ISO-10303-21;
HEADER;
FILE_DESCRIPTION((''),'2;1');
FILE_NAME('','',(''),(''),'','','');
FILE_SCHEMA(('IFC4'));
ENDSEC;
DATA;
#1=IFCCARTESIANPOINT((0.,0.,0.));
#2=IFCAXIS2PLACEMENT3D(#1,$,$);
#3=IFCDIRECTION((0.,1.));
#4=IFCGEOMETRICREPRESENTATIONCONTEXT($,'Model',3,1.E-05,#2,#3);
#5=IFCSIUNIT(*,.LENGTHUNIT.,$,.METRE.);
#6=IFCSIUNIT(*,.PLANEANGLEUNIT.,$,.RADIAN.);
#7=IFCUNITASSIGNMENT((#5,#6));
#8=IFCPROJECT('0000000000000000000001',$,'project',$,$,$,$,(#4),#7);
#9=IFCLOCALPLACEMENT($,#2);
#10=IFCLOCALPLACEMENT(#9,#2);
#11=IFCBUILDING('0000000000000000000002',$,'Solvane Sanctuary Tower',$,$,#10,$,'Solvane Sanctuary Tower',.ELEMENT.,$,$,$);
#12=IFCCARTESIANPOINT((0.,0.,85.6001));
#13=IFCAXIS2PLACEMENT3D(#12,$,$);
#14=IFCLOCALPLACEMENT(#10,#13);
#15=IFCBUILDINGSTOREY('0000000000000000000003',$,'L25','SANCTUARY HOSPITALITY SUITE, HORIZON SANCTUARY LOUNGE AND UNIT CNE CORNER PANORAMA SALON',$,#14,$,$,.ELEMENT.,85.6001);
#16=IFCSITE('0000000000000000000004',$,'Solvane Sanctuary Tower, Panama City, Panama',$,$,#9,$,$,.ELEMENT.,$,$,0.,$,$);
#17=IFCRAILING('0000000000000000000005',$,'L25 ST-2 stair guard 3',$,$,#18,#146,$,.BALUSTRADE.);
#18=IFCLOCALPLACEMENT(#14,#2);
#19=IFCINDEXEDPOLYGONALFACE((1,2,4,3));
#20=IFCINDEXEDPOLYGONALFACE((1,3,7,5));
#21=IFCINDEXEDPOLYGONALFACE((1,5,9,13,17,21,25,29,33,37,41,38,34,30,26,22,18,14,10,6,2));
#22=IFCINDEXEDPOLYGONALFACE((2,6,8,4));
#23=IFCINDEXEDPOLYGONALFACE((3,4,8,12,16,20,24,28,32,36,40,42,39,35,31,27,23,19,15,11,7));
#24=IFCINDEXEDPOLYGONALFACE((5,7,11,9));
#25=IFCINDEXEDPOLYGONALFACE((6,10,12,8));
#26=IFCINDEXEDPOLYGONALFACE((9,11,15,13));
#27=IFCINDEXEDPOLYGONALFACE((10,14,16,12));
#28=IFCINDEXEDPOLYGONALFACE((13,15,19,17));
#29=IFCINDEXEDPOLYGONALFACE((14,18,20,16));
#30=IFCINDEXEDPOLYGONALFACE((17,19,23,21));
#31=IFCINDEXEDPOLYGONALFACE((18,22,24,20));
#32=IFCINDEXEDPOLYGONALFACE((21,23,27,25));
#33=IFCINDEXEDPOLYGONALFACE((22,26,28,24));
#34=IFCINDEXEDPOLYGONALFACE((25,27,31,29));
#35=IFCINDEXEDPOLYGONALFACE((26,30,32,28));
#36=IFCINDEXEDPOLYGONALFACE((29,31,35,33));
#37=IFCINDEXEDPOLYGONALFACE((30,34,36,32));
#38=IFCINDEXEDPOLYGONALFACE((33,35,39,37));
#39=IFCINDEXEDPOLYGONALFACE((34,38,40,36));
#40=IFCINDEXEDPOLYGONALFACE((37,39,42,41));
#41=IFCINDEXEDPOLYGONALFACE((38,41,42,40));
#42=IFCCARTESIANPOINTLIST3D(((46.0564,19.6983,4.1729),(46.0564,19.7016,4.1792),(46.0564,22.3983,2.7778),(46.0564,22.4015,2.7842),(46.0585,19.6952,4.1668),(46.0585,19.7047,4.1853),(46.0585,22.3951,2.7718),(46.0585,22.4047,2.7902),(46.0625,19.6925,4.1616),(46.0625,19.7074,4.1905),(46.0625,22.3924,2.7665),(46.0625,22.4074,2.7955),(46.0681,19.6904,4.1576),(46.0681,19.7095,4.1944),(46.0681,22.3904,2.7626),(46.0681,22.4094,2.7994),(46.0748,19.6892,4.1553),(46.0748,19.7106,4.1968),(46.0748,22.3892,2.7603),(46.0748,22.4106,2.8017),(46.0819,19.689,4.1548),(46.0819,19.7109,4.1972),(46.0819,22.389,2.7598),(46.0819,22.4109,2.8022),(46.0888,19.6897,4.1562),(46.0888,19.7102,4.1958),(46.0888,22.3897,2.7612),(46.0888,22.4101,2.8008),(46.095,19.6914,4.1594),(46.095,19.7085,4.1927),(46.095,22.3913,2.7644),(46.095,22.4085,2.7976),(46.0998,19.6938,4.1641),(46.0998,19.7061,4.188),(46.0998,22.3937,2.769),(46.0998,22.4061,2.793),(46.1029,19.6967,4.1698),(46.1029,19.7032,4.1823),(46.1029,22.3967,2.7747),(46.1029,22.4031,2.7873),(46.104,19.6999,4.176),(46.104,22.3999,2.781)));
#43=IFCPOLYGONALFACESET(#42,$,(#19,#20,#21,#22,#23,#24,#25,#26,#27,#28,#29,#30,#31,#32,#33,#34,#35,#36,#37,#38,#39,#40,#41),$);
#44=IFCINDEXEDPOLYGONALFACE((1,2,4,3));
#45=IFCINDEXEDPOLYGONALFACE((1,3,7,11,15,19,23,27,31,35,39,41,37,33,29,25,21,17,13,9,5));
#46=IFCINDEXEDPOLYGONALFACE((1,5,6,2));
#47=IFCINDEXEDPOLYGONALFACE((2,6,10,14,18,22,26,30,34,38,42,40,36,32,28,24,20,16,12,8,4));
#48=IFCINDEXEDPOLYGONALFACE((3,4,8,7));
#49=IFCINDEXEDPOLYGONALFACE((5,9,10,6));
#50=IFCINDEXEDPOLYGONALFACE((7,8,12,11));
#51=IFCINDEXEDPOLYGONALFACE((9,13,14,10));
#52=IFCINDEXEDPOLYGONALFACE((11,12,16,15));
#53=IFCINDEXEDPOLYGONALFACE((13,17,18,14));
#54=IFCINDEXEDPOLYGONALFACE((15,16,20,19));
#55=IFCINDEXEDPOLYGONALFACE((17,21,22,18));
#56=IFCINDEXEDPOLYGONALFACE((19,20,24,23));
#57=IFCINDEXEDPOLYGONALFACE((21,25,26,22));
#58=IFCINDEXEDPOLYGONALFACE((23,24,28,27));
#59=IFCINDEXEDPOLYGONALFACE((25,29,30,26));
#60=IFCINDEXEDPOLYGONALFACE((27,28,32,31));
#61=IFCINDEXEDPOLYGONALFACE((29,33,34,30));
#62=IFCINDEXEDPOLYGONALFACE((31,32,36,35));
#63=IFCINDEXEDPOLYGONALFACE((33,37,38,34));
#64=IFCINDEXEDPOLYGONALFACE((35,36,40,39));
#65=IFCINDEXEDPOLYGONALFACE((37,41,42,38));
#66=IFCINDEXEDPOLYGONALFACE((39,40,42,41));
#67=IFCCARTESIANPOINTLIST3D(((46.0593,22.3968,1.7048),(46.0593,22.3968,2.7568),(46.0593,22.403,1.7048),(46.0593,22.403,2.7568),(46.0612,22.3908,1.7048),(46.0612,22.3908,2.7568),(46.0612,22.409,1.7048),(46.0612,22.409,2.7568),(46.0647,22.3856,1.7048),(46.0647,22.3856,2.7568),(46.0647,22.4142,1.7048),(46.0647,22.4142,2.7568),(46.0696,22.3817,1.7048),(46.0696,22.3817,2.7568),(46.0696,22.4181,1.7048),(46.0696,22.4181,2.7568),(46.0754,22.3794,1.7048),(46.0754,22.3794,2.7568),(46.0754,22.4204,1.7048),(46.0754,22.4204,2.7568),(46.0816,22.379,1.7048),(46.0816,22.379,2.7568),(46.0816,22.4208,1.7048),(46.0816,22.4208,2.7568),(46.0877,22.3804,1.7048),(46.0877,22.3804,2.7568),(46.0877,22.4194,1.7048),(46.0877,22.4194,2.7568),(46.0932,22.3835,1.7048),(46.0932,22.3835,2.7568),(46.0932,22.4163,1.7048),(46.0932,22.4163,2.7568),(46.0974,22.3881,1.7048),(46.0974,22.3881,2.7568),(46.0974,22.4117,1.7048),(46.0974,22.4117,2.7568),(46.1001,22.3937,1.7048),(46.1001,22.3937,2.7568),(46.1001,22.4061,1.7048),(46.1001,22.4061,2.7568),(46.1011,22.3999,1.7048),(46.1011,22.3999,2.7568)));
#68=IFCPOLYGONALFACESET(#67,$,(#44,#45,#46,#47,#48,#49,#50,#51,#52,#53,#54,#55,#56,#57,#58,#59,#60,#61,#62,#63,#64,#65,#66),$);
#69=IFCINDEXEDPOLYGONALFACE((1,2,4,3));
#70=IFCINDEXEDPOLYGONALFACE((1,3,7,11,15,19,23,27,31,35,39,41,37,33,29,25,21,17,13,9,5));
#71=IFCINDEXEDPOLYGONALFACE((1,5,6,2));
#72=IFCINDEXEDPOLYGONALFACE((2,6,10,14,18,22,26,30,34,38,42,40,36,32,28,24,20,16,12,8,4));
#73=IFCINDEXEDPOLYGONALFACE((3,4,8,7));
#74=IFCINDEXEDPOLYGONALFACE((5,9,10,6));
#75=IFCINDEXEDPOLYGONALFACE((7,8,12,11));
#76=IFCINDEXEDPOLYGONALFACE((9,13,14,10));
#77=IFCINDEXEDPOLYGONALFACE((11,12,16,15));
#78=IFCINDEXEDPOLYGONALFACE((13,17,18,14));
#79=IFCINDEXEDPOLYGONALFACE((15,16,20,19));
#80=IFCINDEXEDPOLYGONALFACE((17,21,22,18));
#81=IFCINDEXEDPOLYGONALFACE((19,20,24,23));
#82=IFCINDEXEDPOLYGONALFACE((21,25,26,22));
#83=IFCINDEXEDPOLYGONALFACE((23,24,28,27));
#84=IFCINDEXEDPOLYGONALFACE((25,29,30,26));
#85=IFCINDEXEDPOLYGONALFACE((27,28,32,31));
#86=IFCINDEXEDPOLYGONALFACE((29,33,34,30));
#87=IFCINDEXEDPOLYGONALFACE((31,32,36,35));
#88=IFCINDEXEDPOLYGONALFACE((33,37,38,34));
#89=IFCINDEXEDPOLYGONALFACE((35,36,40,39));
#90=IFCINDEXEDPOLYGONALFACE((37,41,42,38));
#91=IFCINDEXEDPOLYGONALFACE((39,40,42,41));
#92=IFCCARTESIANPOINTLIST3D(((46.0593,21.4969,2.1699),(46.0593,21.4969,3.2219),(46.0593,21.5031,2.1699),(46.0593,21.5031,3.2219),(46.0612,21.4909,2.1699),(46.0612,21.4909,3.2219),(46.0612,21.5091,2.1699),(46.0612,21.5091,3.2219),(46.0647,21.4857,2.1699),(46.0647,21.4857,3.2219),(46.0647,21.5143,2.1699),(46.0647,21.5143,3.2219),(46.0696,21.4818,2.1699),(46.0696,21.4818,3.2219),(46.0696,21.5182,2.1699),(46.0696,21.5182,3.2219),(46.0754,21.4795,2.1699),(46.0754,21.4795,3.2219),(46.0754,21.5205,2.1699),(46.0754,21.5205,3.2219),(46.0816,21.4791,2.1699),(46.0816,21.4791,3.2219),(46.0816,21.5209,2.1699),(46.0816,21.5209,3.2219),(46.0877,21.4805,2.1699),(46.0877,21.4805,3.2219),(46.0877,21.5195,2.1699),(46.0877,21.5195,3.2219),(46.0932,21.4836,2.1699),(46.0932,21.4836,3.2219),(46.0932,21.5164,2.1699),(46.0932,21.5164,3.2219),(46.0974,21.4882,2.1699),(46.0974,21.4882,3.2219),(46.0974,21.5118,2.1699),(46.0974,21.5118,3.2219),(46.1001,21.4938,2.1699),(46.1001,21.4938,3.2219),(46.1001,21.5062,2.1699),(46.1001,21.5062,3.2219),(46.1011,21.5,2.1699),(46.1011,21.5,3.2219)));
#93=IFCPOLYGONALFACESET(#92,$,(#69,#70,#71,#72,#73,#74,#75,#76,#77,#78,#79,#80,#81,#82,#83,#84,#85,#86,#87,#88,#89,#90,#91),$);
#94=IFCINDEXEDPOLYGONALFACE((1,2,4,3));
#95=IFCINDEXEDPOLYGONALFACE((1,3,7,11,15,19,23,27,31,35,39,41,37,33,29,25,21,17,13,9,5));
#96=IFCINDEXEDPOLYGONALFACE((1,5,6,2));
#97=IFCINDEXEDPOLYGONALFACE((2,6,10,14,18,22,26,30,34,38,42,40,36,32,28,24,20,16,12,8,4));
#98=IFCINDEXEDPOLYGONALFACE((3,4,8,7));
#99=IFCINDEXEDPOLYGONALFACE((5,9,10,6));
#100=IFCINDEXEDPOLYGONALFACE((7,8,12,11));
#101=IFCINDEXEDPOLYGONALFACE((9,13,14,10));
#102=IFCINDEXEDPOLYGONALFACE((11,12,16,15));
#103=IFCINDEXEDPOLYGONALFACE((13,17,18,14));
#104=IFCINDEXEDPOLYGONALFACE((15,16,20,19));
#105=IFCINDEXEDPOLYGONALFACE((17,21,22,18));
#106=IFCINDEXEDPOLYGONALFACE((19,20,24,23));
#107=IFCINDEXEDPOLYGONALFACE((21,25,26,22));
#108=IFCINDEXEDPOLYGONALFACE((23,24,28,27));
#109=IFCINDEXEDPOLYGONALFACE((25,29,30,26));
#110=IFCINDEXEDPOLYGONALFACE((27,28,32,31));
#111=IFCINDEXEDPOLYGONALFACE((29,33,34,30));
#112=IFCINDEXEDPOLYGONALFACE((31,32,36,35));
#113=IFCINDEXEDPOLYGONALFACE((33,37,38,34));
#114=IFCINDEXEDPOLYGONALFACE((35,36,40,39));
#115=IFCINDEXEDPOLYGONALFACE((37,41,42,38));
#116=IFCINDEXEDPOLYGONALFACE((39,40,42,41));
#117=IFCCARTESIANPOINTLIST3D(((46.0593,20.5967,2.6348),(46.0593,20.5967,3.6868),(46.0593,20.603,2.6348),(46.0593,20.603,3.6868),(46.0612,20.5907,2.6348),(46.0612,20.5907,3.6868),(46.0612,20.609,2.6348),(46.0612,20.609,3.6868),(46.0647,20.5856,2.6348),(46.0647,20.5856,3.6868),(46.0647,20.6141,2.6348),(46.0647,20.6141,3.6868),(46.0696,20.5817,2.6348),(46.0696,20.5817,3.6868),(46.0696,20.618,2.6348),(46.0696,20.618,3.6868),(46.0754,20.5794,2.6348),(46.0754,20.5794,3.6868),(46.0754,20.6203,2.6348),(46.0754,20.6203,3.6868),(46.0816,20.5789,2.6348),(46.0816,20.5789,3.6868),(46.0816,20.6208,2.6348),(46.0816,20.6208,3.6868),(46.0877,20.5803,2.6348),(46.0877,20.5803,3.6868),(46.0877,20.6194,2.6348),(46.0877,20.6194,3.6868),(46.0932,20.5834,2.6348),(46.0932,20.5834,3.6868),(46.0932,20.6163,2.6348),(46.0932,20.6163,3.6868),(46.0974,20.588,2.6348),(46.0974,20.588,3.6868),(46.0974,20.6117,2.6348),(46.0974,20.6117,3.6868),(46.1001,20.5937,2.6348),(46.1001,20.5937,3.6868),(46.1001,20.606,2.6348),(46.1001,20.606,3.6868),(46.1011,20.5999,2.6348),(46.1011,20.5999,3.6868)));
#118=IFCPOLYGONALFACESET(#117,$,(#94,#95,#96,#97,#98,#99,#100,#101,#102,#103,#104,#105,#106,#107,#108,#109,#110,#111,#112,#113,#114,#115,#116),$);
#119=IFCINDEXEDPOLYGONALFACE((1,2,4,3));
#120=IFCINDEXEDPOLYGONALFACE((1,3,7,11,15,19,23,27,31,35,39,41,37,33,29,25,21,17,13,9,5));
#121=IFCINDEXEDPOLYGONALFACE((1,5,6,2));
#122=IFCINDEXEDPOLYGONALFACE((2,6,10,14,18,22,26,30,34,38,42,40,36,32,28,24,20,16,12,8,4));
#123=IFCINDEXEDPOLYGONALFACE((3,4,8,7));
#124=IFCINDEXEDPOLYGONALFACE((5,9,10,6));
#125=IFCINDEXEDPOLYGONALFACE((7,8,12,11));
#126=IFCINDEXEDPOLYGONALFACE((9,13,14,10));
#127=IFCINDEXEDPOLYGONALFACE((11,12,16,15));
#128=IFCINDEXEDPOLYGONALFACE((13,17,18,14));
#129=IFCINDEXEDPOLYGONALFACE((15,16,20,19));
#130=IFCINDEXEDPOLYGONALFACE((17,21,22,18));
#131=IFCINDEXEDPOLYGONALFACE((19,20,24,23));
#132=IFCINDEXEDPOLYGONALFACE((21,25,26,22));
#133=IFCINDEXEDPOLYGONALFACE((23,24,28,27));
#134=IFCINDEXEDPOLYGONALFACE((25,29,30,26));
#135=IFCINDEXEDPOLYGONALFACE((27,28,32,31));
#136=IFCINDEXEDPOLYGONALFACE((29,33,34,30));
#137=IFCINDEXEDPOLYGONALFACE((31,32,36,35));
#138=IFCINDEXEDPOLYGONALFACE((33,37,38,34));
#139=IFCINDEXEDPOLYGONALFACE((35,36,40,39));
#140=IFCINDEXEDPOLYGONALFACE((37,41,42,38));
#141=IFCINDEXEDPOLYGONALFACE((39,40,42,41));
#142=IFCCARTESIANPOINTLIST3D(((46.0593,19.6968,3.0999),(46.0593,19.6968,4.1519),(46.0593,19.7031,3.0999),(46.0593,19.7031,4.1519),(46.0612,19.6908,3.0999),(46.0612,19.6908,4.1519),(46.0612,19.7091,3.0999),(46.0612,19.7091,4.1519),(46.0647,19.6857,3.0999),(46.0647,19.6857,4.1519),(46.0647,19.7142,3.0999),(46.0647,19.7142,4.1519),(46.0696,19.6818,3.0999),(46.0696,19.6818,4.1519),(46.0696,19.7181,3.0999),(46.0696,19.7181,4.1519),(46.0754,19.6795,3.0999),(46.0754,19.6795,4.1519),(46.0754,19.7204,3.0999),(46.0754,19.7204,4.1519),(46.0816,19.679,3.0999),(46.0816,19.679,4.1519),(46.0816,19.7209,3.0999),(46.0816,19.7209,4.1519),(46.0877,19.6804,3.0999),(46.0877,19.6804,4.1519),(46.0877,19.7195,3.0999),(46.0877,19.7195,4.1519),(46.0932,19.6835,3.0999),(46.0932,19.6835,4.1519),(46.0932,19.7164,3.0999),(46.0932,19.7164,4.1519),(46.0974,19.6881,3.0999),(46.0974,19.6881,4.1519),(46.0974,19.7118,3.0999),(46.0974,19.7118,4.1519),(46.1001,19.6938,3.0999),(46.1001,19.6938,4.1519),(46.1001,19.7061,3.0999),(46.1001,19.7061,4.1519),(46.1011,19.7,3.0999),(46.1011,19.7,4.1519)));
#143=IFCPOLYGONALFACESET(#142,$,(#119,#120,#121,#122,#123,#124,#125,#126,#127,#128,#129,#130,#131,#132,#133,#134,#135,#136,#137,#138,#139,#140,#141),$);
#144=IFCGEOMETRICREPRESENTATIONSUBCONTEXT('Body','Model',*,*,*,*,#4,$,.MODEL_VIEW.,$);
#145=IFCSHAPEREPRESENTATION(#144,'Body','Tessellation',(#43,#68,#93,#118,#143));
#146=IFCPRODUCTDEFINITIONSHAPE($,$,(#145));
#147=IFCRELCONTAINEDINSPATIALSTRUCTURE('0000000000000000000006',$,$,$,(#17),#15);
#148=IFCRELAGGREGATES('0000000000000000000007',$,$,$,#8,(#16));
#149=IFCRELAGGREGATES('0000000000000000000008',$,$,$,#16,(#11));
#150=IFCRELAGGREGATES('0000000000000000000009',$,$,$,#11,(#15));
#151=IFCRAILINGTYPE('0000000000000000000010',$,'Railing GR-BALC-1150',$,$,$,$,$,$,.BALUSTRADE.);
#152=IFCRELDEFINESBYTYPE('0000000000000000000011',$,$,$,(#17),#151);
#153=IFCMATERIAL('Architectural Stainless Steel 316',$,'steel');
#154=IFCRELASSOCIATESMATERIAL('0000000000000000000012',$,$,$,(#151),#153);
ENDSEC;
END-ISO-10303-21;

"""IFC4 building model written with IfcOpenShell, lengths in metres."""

from ifc_helpers import new_model, si_unit, direction, frame, origin, origin_2d, place, context, subcontext, project, spatial, circle, extrude, material, type_object, element, save


model = new_model("IFC4")

# Units and contexts
model_context = context("Model", 3, precision=1e-05, world=origin(), true_north=direction((0.0, 1.0)))
body_context = subcontext(model_context, "Body", "Model", "MODEL_VIEW")
ifc_project = project(units=[si_unit("LENGTHUNIT", "METRE"), si_unit("PLANEANGLEUNIT", "RADIAN")], contexts=[model_context])

# Site, building, storey
site_placement = place(None, origin())
site = spatial("IfcSite", under=ifc_project, at=site_placement, Name="Solvane Sanctuary Tower, Panama City, Panama", CompositionType="ELEMENT", RefElevation=0.0)
building_placement = place(site_placement, origin())
building = spatial("IfcBuilding", under=site, at=building_placement, Name="Solvane Sanctuary Tower", LongName="Solvane Sanctuary Tower", CompositionType="ELEMENT")
storey_placement = place(building_placement, frame((0.0, 0.0, 85.6001)))
storey = spatial("IfcBuildingStorey", under=building, at=storey_placement, Name="L25", Description="SANCTUARY HOSPITALITY SUITE, HORIZON SANCTUARY LOUNGE AND UNIT CNE CORNER PANORAMA SALON", CompositionType="ELEMENT", Elevation=85.6001)

# Shared definitions
ifc_material_1 = material(Name="Architectural Stainless Steel 316", Category="steel")

# Railing
railing_type_1 = type_object("IfcRailingType", Name="Railing GR-BALC-1150", PredefinedType="BALUSTRADE", material=ifc_material_1)
railing_1_placement = place(storey_placement, frame((46.0801, 22.3999, 1.7048)))
element("IfcRailing", 1, at=railing_1_placement, inside=storey, type_object=railing_type_1, Name="L25 ST-2 stair guard 3", PredefinedType="BALUSTRADE", context=body_context, shape_type="SweptSolid", body=[
    extrude(circle(Radius=0.0239, at=origin_2d()), frame((0.0, 0.0, 1.0762), z_axis=(0.0, -0.88842, 0.459032), x_axis=(1.0, 0.0, 0.0)), (0.0, 0.0, 1.0), 3.0391),
    extrude(circle(Radius=0.021, at=origin_2d()), origin(), (0.0, 0.0, 1.0), 1.052),
    extrude(circle(Radius=0.021, at=origin_2d()), frame((0.0, -0.8999, 0.4651)), (0.0, 0.0, 1.0), 1.052),
    extrude(circle(Radius=0.021, at=origin_2d()), frame((0.0, -1.8, 0.9299)), (0.0, 0.0, 1.0), 1.052),
    extrude(circle(Radius=0.021, at=origin_2d()), frame((0.0, -2.7, 1.395)), (0.0, 0.0, 1.0), 1.052),
])

save(model, "model.ifc")
